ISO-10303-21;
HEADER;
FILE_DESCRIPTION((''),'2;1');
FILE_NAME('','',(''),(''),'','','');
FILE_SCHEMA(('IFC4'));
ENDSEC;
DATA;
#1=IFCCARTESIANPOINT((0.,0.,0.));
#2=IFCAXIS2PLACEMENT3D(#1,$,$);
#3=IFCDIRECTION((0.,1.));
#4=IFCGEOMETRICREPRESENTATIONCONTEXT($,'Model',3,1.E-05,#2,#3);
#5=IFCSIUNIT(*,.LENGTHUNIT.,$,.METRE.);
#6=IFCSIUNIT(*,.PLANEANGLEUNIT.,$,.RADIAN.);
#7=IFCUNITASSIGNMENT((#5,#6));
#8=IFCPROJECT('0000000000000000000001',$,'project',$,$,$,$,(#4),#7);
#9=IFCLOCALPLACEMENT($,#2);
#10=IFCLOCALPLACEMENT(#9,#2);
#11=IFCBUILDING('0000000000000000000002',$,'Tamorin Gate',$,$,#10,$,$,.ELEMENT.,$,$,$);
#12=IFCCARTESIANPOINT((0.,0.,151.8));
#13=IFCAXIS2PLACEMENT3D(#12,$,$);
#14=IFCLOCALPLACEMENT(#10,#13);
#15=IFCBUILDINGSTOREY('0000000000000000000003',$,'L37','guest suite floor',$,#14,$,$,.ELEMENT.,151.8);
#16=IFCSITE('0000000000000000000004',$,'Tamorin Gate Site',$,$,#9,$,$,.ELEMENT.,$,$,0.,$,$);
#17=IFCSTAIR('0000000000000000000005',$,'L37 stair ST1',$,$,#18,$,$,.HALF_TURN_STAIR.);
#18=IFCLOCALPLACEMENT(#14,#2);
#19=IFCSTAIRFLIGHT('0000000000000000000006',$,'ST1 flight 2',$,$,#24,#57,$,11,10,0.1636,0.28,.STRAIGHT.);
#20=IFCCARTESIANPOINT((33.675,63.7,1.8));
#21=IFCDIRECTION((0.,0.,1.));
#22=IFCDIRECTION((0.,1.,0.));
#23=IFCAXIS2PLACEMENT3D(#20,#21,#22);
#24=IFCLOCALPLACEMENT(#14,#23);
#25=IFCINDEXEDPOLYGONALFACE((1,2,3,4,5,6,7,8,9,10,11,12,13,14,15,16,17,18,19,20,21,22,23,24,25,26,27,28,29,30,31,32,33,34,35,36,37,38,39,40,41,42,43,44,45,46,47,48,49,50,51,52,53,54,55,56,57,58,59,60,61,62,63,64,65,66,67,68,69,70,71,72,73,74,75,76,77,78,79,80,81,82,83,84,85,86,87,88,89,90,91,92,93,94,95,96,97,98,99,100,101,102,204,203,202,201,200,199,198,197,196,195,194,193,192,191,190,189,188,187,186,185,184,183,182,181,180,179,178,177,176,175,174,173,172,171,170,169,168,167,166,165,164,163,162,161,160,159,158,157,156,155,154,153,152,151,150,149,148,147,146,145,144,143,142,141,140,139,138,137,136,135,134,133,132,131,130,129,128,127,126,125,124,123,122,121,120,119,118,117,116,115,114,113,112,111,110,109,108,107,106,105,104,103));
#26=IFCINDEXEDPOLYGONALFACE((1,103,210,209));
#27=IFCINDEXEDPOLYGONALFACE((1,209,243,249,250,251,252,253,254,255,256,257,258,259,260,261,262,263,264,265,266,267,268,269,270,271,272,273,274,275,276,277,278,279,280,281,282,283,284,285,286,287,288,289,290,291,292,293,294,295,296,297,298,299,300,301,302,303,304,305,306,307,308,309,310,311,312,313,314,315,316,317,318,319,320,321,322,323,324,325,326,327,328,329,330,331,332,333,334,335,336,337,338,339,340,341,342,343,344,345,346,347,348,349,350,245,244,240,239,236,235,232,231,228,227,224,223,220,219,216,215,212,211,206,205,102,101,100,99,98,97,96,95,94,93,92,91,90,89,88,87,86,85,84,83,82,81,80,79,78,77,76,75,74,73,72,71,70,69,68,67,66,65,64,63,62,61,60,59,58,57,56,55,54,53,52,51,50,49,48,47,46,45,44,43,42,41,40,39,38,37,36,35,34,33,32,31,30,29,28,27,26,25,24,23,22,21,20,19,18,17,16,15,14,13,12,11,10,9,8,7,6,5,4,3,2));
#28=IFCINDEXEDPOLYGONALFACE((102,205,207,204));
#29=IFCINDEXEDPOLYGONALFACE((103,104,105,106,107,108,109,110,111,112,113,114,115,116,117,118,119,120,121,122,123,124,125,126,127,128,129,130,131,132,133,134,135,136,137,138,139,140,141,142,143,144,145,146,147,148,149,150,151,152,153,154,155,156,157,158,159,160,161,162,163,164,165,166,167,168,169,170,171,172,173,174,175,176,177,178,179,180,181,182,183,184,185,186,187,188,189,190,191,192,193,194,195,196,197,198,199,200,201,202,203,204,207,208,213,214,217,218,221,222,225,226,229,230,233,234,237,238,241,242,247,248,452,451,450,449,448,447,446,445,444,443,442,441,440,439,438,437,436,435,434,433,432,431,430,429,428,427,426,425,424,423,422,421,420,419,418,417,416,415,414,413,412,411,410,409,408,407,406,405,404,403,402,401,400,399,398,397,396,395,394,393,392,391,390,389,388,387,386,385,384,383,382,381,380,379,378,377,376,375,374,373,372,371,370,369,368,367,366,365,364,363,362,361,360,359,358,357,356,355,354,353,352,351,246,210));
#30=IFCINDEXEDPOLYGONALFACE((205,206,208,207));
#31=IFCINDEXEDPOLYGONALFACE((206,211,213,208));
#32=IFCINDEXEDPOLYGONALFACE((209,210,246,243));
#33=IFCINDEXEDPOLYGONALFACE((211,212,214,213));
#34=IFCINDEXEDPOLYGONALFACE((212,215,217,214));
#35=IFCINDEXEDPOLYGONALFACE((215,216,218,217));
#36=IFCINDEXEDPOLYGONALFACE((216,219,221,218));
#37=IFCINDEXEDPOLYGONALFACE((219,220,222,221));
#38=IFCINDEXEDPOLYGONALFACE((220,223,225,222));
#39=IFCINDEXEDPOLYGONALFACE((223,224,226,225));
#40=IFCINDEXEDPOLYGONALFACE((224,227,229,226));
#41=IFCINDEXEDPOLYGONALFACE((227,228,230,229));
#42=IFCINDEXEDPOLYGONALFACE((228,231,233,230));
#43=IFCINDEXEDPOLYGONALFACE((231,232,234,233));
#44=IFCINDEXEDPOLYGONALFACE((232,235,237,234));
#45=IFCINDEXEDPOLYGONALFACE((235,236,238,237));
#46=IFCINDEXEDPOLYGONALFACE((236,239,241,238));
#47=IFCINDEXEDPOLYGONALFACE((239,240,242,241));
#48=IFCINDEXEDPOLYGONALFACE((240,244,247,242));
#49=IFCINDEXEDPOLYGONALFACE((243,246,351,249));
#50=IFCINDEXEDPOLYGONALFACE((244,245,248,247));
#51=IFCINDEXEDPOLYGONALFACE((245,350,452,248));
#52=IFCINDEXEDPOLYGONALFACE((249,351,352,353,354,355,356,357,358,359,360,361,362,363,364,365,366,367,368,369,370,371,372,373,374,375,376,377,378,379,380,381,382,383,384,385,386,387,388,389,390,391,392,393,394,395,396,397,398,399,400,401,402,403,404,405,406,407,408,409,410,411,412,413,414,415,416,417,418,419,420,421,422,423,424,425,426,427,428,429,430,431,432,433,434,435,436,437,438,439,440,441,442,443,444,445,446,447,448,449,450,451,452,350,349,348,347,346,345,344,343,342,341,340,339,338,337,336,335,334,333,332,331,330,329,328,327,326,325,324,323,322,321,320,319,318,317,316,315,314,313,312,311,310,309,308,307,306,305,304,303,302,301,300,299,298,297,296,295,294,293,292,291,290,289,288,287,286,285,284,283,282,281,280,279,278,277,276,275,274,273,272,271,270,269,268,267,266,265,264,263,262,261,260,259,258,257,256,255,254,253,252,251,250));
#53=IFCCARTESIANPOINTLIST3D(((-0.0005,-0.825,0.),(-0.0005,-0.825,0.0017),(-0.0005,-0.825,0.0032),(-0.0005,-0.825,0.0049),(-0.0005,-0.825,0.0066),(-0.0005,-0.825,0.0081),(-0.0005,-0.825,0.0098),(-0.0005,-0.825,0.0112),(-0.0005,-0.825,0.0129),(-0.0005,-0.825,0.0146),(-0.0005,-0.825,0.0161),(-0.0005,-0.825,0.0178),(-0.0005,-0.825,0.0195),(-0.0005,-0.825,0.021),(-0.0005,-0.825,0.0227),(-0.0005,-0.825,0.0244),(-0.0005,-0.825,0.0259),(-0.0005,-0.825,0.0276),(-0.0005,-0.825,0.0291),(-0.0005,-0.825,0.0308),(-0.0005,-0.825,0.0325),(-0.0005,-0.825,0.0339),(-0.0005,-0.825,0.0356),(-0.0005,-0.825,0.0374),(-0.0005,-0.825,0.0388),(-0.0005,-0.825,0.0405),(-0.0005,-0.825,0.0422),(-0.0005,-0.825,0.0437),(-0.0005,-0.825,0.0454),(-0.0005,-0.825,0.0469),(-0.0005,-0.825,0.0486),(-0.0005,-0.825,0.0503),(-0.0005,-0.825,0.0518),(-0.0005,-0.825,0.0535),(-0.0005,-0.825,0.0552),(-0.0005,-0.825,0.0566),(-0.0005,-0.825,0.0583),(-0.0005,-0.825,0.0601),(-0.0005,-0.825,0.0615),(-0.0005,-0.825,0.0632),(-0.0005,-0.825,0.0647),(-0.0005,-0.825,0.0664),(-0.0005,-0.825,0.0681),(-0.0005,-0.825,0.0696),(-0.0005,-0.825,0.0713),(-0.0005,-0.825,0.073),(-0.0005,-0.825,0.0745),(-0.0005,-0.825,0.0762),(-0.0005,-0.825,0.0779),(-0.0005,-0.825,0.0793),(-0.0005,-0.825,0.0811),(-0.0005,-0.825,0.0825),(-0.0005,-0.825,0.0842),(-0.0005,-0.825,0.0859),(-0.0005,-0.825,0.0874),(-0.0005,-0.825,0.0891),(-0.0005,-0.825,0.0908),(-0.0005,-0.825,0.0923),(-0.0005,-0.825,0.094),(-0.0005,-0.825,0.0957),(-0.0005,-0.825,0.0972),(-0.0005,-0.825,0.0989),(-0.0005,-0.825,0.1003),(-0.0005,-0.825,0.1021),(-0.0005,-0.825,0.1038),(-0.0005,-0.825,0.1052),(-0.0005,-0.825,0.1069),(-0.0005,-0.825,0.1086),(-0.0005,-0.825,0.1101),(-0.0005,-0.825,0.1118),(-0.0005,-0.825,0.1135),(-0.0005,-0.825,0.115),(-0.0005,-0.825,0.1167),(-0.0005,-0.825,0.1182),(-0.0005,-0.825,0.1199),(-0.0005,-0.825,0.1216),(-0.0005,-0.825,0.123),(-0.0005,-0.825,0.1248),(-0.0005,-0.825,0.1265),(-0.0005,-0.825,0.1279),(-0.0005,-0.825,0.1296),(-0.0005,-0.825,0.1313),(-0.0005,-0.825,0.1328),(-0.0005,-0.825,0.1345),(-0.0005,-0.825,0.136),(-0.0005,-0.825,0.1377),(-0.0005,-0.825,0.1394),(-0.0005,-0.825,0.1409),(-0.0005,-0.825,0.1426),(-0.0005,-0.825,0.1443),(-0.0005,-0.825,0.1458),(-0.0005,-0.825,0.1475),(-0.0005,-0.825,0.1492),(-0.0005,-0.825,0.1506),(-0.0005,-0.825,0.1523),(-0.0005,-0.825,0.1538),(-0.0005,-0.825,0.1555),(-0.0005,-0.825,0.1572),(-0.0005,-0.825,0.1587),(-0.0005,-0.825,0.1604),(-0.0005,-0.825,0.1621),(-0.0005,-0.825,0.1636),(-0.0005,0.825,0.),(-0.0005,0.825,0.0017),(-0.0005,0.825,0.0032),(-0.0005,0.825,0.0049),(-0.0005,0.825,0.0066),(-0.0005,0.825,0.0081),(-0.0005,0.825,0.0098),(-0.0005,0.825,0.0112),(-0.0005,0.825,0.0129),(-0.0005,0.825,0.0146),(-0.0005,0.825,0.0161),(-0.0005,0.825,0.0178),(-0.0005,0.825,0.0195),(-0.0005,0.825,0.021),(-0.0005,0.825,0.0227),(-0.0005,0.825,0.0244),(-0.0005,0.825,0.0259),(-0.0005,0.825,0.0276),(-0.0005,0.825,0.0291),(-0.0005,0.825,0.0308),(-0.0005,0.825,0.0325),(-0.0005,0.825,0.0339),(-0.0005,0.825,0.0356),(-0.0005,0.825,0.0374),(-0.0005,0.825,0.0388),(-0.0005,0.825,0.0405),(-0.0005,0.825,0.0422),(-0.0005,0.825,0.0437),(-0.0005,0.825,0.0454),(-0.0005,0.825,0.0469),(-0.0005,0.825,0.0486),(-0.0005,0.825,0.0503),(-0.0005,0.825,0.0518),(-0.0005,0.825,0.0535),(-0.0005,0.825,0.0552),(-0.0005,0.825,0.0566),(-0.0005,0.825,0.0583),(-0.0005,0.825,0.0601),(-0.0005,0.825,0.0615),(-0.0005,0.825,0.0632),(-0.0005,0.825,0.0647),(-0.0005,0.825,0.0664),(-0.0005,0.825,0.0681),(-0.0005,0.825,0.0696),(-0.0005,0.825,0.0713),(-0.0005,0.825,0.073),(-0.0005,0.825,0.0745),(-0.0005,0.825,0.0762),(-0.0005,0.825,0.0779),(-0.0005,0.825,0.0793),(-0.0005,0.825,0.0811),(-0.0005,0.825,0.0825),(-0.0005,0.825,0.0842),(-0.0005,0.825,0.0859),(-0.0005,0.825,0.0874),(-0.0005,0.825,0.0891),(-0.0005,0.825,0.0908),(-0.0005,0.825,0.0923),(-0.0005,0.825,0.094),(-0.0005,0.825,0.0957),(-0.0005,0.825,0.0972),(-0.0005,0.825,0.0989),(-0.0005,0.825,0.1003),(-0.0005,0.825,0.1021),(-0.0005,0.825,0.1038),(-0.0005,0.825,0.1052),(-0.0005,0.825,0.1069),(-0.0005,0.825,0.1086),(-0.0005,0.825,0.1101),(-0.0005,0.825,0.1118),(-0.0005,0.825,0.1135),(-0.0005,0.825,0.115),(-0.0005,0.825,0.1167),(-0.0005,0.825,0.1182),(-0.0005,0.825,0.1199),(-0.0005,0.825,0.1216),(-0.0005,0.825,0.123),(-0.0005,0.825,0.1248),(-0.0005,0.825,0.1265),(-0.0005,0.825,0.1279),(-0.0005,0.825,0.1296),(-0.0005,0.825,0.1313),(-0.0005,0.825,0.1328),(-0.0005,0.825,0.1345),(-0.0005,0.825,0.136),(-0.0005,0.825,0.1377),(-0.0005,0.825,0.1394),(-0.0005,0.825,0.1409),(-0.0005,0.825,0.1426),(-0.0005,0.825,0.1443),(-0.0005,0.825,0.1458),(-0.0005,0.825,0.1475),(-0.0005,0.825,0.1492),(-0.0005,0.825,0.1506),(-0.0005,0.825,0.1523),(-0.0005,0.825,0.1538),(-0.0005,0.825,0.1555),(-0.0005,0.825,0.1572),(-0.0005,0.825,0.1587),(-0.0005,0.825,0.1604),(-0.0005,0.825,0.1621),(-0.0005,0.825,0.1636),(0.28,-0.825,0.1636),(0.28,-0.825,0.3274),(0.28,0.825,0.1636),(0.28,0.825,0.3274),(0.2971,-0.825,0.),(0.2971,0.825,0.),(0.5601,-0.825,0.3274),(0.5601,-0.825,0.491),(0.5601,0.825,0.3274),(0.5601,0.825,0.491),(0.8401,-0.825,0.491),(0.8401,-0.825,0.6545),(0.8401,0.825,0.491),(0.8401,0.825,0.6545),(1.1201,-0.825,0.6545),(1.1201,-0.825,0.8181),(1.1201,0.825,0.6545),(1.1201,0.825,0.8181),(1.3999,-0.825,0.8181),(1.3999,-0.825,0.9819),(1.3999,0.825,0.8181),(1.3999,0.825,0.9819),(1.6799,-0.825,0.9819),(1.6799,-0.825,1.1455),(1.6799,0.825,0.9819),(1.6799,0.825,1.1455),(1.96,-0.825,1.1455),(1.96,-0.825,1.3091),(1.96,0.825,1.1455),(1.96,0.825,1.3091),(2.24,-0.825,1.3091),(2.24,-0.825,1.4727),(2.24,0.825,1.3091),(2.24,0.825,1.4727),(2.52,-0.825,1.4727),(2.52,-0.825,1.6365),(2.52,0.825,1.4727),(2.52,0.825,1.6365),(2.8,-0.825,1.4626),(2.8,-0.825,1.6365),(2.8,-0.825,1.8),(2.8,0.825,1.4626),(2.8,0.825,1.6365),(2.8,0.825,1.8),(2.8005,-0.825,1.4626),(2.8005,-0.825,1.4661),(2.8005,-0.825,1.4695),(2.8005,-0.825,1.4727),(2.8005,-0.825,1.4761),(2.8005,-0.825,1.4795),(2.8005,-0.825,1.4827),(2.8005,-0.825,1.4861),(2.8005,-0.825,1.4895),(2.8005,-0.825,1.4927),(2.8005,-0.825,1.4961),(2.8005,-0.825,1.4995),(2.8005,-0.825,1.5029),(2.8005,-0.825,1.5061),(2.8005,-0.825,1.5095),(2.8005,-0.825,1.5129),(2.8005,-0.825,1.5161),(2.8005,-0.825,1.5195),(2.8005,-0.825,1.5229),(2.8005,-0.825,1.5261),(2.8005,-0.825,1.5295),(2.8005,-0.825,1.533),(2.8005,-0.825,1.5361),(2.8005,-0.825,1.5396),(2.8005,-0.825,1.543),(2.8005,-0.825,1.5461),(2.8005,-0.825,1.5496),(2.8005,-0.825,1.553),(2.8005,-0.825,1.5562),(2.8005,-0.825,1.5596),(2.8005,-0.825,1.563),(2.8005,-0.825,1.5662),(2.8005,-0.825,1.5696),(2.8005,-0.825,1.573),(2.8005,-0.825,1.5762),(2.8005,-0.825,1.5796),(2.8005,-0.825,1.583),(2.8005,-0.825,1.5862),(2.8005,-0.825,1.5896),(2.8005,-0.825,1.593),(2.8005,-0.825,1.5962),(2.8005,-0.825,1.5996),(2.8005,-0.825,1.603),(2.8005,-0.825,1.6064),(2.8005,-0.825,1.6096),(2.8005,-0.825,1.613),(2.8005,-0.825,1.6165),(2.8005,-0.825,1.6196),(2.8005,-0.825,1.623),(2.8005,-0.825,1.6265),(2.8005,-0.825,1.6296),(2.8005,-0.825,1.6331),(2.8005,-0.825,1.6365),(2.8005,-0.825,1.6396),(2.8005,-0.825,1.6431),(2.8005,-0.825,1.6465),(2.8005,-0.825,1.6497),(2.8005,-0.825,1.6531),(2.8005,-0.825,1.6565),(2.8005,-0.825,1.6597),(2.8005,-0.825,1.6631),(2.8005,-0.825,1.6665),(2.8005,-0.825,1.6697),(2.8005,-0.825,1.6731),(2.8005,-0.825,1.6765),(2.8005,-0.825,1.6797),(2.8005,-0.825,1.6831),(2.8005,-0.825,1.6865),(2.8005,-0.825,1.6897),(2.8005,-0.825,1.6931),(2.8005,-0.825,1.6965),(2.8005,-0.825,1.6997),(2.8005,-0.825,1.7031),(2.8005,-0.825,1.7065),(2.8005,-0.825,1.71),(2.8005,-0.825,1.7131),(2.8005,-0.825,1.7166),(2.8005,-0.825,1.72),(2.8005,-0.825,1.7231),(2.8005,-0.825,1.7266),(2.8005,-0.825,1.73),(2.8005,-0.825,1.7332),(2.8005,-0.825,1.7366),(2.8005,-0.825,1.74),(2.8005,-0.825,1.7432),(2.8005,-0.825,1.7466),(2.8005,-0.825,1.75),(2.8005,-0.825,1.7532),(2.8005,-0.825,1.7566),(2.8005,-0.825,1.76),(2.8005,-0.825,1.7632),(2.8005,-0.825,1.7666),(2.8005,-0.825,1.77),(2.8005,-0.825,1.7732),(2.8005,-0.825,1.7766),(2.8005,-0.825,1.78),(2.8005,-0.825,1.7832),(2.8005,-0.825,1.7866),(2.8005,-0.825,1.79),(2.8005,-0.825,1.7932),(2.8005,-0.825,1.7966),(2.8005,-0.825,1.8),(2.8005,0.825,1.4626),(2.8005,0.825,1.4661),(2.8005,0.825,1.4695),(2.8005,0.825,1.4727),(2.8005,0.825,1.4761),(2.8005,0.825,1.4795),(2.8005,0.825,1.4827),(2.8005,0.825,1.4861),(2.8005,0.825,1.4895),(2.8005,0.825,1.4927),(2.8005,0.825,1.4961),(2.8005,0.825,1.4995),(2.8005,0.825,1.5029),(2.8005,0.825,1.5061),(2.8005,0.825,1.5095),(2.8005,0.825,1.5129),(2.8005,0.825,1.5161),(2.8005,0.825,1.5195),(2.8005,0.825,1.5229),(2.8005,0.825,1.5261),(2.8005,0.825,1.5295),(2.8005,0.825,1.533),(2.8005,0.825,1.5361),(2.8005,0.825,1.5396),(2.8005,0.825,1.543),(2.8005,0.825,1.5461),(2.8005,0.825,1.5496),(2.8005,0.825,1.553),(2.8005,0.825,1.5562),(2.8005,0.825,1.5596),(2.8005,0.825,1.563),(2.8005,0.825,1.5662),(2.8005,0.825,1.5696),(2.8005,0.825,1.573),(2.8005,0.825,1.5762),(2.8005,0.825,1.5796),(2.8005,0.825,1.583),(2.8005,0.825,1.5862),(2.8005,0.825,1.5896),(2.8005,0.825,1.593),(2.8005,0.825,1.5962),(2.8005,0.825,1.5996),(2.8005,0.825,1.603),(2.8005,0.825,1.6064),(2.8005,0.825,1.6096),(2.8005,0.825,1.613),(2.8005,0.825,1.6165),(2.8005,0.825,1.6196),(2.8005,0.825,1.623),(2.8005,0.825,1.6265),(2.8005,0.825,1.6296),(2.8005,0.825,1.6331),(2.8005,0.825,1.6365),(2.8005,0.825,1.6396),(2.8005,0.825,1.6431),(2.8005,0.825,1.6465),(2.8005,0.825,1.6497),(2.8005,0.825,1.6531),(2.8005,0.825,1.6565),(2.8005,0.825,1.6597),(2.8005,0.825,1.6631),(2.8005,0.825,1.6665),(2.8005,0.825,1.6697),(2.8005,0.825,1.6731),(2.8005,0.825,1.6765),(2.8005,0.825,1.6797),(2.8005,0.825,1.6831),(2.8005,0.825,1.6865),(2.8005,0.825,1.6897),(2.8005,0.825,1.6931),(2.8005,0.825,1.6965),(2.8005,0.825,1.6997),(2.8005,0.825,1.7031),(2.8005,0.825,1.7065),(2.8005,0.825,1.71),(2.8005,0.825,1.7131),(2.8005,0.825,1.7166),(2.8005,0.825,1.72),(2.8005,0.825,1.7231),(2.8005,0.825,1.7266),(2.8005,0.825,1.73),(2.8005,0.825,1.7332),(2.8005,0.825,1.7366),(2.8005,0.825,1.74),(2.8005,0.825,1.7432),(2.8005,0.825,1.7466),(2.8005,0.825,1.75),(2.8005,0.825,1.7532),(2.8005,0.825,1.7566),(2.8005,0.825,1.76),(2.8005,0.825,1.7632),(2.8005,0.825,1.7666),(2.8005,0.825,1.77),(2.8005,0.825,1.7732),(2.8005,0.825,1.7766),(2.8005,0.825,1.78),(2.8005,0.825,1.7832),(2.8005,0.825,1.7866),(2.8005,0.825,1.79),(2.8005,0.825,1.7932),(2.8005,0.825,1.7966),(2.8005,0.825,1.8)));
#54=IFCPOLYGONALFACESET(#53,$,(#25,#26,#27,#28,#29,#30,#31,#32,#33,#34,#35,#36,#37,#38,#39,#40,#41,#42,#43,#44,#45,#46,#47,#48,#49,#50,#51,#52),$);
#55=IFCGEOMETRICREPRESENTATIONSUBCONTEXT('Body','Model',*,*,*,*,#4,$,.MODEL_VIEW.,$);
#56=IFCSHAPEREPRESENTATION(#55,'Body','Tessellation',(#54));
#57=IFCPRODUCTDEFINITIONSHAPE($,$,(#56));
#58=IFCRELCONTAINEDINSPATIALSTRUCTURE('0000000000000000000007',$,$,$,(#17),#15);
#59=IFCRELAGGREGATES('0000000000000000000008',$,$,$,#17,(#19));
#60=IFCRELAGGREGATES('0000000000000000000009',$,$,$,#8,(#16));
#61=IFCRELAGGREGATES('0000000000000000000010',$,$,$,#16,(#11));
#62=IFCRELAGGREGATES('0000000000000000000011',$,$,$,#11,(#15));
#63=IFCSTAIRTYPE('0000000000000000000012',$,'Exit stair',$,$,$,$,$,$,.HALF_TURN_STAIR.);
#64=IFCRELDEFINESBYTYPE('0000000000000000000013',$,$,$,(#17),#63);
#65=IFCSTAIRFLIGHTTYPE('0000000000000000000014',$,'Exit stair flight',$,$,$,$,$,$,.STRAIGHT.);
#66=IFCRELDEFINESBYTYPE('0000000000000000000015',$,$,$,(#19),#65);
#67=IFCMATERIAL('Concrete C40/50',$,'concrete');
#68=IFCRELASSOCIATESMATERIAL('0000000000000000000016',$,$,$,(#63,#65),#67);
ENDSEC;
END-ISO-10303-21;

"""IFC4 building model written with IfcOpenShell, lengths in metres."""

from ifc_helpers import new_model, si_unit, direction, frame, origin, place, context, subcontext, project, spatial, polyline, outline, extrude, material, type_object, element, aggregate, save


model = new_model("IFC4")

# Units and contexts
model_context = context("Model", 3, precision=1e-05, world=origin(), true_north=direction((0.0, 1.0)))
body_context = subcontext(model_context, "Body", "Model", "MODEL_VIEW")
ifc_project = project(units=[si_unit("LENGTHUNIT", "METRE"), si_unit("PLANEANGLEUNIT", "RADIAN")], contexts=[model_context])

# Site, building, storey
site_placement = place(None, origin())
site = spatial("IfcSite", under=ifc_project, at=site_placement, Name="Tamorin Gate Site", CompositionType="ELEMENT", RefElevation=0.0)
building_placement = place(site_placement, origin())
building = spatial("IfcBuilding", under=site, at=building_placement, Name="Tamorin Gate", CompositionType="ELEMENT")
storey_placement = place(building_placement, frame((0.0, 0.0, 151.8)))
storey = spatial("IfcBuildingStorey", under=building, at=storey_placement, Name="L37", Description="guest suite floor", CompositionType="ELEMENT", Elevation=151.8)

# Shared definitions
ifc_material_1 = material(Name="Concrete C40/50", Category="concrete")

# Stair, stair flight
stair_type = type_object("IfcStairType", Name="Exit stair", PredefinedType="HALF_TURN_STAIR", material=ifc_material_1)
stair_1_placement = place(storey_placement, origin())
stair_1 = element("IfcStair", 1, at=stair_1_placement, inside=storey, type_object=stair_type, Name="L37 stair ST1", PredefinedType="HALF_TURN_STAIR")
stair_flight_type = type_object("IfcStairFlightType", Name="Exit stair flight", PredefinedType="STRAIGHT", material=ifc_material_1)
stair_flight_1_placement = place(storey_placement, frame((33.675, 63.7, 1.8), z_axis=(0.0, 0.0, 1.0), x_axis=(0.0, 1.0, 0.0)))
stair_flight_1 = element("IfcStairFlight", 2, at=stair_flight_1_placement, type_object=stair_flight_type, Name="ST1 flight 2", NumberOfRisers=11, NumberOfTreads=10, PredefinedType="STRAIGHT", RiserHeight=0.1636, TreadLength=0.28, context=body_context, shape_type="SweptSolid", body=[
    extrude(outline(polyline([(-0.0005, 0.0), (-0.0005, 0.0017), (-0.0005, 0.0032), (-0.0005, 0.0049), (-0.0005, 0.0066), (-0.0005, 0.0081), (-0.0005, 0.0098), (-0.0005, 0.0112), (-0.0005, 0.0129), (-0.0005, 0.0146), (-0.0005, 0.0161), (-0.0005, 0.0178), (-0.0005, 0.0195), (-0.0005, 0.021), (-0.0005, 0.0227), (-0.0005, 0.0244), (-0.0005, 0.0259), (-0.0005, 0.0276), (-0.0005, 0.0291), (-0.0005, 0.0308), (-0.0005, 0.0325), (-0.0005, 0.0339), (-0.0005, 0.0356), (-0.0005, 0.0374), (-0.0005, 0.0388), (-0.0005, 0.0405), (-0.0005, 0.0422), (-0.0005, 0.0437), (-0.0005, 0.0454), (-0.0005, 0.0469), (-0.0005, 0.0486), (-0.0005, 0.0503), (-0.0005, 0.0518), (-0.0005, 0.0535), (-0.0005, 0.0552), (-0.0005, 0.0566), (-0.0005, 0.0583), (-0.0005, 0.0601), (-0.0005, 0.0615), (-0.0005, 0.0632), (-0.0005, 0.0647), (-0.0005, 0.0664), (-0.0005, 0.0681), (-0.0005, 0.0696), (-0.0005, 0.0713), (-0.0005, 0.073), (-0.0005, 0.0745), (-0.0005, 0.0762), (-0.0005, 0.0779), (-0.0005, 0.0793), (-0.0005, 0.0811), (-0.0005, 0.0825), (-0.0005, 0.0842), (-0.0005, 0.0859), (-0.0005, 0.0874), (-0.0005, 0.0891), (-0.0005, 0.0908), (-0.0005, 0.0923), (-0.0005, 0.094), (-0.0005, 0.0957), (-0.0005, 0.0972), (-0.0005, 0.0989), (-0.0005, 0.1003), (-0.0005, 0.1021), (-0.0005, 0.1038), (-0.0005, 0.1052), (-0.0005, 0.1069), (-0.0005, 0.1086), (-0.0005, 0.1101), (-0.0005, 0.1118), (-0.0005, 0.1135), (-0.0005, 0.115), (-0.0005, 0.1167), (-0.0005, 0.1182), (-0.0005, 0.1199), (-0.0005, 0.1216), (-0.0005, 0.123), (-0.0005, 0.1248), (-0.0005, 0.1265), (-0.0005, 0.1279), (-0.0005, 0.1296), (-0.0005, 0.1313), (-0.0005, 0.1328), (-0.0005, 0.1345), (-0.0005, 0.136), (-0.0005, 0.1377), (-0.0005, 0.1394), (-0.0005, 0.1409), (-0.0005, 0.1426), (-0.0005, 0.1443), (-0.0005, 0.1458), (-0.0005, 0.1475), (-0.0005, 0.1492), (-0.0005, 0.1506), (-0.0005, 0.1523), (-0.0005, 0.1538), (-0.0005, 0.1555), (-0.0005, 0.1572), (-0.0005, 0.1587), (-0.0005, 0.1604), (-0.0005, 0.1621), (-0.0005, 0.1636), (0.28, 0.1636), (0.28, 0.3274), (0.5601, 0.3274), (0.5601, 0.491), (0.8401, 0.491), (0.8401, 0.6545), (1.1201, 0.6545), (1.1201, 0.8181), (1.3999, 0.8181), (1.3999, 0.9819), (1.6799, 0.9819), (1.6799, 1.1455), (1.96, 1.1455), (1.96, 1.3091), (2.24, 1.3091), (2.24, 1.4727), (2.52, 1.4727), (2.52, 1.6365), (2.8, 1.6365), (2.8, 1.8), (2.8005, 1.8), (2.8005, 1.7966), (2.8005, 1.7932), (2.8005, 1.79), (2.8005, 1.7866), (2.8005, 1.7832), (2.8005, 1.78), (2.8005, 1.7766), (2.8005, 1.7732), (2.8005, 1.77), (2.8005, 1.7666), (2.8005, 1.7632), (2.8005, 1.76), (2.8005, 1.7566), (2.8005, 1.7532), (2.8005, 1.75), (2.8005, 1.7466), (2.8005, 1.7432), (2.8005, 1.74), (2.8005, 1.7366), (2.8005, 1.7332), (2.8005, 1.73), (2.8005, 1.7266), (2.8005, 1.7231), (2.8005, 1.72), (2.8005, 1.7166), (2.8005, 1.7131), (2.8005, 1.71), (2.8005, 1.7065), (2.8005, 1.7031), (2.8005, 1.6997), (2.8005, 1.6965), (2.8005, 1.6931), (2.8005, 1.6897), (2.8005, 1.6865), (2.8005, 1.6831), (2.8005, 1.6797), (2.8005, 1.6765), (2.8005, 1.6731), (2.8005, 1.6697), (2.8005, 1.6665), (2.8005, 1.6631), (2.8005, 1.6597), (2.8005, 1.6565), (2.8005, 1.6531), (2.8005, 1.6497), (2.8005, 1.6465), (2.8005, 1.6431), (2.8005, 1.6396), (2.8005, 1.6365), (2.8005, 1.6331), (2.8005, 1.6296), (2.8005, 1.6265), (2.8005, 1.623), (2.8005, 1.6196), (2.8005, 1.6165), (2.8005, 1.613), (2.8005, 1.6096), (2.8005, 1.6064), (2.8005, 1.603), (2.8005, 1.5996), (2.8005, 1.5962), (2.8005, 1.593), (2.8005, 1.5896), (2.8005, 1.5862), (2.8005, 1.583), (2.8005, 1.5796), (2.8005, 1.5762), (2.8005, 1.573), (2.8005, 1.5696), (2.8005, 1.5662), (2.8005, 1.563), (2.8005, 1.5596), (2.8005, 1.5562), (2.8005, 1.553), (2.8005, 1.5496), (2.8005, 1.5461), (2.8005, 1.543), (2.8005, 1.5396), (2.8005, 1.5361), (2.8005, 1.533), (2.8005, 1.5295), (2.8005, 1.5261), (2.8005, 1.5229), (2.8005, 1.5195), (2.8005, 1.5161), (2.8005, 1.5129), (2.8005, 1.5095), (2.8005, 1.5061), (2.8005, 1.5029), (2.8005, 1.4995), (2.8005, 1.4961), (2.8005, 1.4927), (2.8005, 1.4895), (2.8005, 1.4861), (2.8005, 1.4827), (2.8005, 1.4795), (2.8005, 1.4761), (2.8005, 1.4727), (2.8005, 1.4695), (2.8005, 1.4661), (2.8005, 1.4626), (2.8, 1.4626), (0.2971, 0.0), (-0.0005, 0.0)])), frame((0.0, 0.825, 0.0), z_axis=(0.0, -1.0, 0.0), x_axis=(1.0, 0.0, 0.0)), (0.0, 0.0, 1.0), 1.6499),
])
aggregate(stair_1, [stair_flight_1])

save(model, "model.ifc")
